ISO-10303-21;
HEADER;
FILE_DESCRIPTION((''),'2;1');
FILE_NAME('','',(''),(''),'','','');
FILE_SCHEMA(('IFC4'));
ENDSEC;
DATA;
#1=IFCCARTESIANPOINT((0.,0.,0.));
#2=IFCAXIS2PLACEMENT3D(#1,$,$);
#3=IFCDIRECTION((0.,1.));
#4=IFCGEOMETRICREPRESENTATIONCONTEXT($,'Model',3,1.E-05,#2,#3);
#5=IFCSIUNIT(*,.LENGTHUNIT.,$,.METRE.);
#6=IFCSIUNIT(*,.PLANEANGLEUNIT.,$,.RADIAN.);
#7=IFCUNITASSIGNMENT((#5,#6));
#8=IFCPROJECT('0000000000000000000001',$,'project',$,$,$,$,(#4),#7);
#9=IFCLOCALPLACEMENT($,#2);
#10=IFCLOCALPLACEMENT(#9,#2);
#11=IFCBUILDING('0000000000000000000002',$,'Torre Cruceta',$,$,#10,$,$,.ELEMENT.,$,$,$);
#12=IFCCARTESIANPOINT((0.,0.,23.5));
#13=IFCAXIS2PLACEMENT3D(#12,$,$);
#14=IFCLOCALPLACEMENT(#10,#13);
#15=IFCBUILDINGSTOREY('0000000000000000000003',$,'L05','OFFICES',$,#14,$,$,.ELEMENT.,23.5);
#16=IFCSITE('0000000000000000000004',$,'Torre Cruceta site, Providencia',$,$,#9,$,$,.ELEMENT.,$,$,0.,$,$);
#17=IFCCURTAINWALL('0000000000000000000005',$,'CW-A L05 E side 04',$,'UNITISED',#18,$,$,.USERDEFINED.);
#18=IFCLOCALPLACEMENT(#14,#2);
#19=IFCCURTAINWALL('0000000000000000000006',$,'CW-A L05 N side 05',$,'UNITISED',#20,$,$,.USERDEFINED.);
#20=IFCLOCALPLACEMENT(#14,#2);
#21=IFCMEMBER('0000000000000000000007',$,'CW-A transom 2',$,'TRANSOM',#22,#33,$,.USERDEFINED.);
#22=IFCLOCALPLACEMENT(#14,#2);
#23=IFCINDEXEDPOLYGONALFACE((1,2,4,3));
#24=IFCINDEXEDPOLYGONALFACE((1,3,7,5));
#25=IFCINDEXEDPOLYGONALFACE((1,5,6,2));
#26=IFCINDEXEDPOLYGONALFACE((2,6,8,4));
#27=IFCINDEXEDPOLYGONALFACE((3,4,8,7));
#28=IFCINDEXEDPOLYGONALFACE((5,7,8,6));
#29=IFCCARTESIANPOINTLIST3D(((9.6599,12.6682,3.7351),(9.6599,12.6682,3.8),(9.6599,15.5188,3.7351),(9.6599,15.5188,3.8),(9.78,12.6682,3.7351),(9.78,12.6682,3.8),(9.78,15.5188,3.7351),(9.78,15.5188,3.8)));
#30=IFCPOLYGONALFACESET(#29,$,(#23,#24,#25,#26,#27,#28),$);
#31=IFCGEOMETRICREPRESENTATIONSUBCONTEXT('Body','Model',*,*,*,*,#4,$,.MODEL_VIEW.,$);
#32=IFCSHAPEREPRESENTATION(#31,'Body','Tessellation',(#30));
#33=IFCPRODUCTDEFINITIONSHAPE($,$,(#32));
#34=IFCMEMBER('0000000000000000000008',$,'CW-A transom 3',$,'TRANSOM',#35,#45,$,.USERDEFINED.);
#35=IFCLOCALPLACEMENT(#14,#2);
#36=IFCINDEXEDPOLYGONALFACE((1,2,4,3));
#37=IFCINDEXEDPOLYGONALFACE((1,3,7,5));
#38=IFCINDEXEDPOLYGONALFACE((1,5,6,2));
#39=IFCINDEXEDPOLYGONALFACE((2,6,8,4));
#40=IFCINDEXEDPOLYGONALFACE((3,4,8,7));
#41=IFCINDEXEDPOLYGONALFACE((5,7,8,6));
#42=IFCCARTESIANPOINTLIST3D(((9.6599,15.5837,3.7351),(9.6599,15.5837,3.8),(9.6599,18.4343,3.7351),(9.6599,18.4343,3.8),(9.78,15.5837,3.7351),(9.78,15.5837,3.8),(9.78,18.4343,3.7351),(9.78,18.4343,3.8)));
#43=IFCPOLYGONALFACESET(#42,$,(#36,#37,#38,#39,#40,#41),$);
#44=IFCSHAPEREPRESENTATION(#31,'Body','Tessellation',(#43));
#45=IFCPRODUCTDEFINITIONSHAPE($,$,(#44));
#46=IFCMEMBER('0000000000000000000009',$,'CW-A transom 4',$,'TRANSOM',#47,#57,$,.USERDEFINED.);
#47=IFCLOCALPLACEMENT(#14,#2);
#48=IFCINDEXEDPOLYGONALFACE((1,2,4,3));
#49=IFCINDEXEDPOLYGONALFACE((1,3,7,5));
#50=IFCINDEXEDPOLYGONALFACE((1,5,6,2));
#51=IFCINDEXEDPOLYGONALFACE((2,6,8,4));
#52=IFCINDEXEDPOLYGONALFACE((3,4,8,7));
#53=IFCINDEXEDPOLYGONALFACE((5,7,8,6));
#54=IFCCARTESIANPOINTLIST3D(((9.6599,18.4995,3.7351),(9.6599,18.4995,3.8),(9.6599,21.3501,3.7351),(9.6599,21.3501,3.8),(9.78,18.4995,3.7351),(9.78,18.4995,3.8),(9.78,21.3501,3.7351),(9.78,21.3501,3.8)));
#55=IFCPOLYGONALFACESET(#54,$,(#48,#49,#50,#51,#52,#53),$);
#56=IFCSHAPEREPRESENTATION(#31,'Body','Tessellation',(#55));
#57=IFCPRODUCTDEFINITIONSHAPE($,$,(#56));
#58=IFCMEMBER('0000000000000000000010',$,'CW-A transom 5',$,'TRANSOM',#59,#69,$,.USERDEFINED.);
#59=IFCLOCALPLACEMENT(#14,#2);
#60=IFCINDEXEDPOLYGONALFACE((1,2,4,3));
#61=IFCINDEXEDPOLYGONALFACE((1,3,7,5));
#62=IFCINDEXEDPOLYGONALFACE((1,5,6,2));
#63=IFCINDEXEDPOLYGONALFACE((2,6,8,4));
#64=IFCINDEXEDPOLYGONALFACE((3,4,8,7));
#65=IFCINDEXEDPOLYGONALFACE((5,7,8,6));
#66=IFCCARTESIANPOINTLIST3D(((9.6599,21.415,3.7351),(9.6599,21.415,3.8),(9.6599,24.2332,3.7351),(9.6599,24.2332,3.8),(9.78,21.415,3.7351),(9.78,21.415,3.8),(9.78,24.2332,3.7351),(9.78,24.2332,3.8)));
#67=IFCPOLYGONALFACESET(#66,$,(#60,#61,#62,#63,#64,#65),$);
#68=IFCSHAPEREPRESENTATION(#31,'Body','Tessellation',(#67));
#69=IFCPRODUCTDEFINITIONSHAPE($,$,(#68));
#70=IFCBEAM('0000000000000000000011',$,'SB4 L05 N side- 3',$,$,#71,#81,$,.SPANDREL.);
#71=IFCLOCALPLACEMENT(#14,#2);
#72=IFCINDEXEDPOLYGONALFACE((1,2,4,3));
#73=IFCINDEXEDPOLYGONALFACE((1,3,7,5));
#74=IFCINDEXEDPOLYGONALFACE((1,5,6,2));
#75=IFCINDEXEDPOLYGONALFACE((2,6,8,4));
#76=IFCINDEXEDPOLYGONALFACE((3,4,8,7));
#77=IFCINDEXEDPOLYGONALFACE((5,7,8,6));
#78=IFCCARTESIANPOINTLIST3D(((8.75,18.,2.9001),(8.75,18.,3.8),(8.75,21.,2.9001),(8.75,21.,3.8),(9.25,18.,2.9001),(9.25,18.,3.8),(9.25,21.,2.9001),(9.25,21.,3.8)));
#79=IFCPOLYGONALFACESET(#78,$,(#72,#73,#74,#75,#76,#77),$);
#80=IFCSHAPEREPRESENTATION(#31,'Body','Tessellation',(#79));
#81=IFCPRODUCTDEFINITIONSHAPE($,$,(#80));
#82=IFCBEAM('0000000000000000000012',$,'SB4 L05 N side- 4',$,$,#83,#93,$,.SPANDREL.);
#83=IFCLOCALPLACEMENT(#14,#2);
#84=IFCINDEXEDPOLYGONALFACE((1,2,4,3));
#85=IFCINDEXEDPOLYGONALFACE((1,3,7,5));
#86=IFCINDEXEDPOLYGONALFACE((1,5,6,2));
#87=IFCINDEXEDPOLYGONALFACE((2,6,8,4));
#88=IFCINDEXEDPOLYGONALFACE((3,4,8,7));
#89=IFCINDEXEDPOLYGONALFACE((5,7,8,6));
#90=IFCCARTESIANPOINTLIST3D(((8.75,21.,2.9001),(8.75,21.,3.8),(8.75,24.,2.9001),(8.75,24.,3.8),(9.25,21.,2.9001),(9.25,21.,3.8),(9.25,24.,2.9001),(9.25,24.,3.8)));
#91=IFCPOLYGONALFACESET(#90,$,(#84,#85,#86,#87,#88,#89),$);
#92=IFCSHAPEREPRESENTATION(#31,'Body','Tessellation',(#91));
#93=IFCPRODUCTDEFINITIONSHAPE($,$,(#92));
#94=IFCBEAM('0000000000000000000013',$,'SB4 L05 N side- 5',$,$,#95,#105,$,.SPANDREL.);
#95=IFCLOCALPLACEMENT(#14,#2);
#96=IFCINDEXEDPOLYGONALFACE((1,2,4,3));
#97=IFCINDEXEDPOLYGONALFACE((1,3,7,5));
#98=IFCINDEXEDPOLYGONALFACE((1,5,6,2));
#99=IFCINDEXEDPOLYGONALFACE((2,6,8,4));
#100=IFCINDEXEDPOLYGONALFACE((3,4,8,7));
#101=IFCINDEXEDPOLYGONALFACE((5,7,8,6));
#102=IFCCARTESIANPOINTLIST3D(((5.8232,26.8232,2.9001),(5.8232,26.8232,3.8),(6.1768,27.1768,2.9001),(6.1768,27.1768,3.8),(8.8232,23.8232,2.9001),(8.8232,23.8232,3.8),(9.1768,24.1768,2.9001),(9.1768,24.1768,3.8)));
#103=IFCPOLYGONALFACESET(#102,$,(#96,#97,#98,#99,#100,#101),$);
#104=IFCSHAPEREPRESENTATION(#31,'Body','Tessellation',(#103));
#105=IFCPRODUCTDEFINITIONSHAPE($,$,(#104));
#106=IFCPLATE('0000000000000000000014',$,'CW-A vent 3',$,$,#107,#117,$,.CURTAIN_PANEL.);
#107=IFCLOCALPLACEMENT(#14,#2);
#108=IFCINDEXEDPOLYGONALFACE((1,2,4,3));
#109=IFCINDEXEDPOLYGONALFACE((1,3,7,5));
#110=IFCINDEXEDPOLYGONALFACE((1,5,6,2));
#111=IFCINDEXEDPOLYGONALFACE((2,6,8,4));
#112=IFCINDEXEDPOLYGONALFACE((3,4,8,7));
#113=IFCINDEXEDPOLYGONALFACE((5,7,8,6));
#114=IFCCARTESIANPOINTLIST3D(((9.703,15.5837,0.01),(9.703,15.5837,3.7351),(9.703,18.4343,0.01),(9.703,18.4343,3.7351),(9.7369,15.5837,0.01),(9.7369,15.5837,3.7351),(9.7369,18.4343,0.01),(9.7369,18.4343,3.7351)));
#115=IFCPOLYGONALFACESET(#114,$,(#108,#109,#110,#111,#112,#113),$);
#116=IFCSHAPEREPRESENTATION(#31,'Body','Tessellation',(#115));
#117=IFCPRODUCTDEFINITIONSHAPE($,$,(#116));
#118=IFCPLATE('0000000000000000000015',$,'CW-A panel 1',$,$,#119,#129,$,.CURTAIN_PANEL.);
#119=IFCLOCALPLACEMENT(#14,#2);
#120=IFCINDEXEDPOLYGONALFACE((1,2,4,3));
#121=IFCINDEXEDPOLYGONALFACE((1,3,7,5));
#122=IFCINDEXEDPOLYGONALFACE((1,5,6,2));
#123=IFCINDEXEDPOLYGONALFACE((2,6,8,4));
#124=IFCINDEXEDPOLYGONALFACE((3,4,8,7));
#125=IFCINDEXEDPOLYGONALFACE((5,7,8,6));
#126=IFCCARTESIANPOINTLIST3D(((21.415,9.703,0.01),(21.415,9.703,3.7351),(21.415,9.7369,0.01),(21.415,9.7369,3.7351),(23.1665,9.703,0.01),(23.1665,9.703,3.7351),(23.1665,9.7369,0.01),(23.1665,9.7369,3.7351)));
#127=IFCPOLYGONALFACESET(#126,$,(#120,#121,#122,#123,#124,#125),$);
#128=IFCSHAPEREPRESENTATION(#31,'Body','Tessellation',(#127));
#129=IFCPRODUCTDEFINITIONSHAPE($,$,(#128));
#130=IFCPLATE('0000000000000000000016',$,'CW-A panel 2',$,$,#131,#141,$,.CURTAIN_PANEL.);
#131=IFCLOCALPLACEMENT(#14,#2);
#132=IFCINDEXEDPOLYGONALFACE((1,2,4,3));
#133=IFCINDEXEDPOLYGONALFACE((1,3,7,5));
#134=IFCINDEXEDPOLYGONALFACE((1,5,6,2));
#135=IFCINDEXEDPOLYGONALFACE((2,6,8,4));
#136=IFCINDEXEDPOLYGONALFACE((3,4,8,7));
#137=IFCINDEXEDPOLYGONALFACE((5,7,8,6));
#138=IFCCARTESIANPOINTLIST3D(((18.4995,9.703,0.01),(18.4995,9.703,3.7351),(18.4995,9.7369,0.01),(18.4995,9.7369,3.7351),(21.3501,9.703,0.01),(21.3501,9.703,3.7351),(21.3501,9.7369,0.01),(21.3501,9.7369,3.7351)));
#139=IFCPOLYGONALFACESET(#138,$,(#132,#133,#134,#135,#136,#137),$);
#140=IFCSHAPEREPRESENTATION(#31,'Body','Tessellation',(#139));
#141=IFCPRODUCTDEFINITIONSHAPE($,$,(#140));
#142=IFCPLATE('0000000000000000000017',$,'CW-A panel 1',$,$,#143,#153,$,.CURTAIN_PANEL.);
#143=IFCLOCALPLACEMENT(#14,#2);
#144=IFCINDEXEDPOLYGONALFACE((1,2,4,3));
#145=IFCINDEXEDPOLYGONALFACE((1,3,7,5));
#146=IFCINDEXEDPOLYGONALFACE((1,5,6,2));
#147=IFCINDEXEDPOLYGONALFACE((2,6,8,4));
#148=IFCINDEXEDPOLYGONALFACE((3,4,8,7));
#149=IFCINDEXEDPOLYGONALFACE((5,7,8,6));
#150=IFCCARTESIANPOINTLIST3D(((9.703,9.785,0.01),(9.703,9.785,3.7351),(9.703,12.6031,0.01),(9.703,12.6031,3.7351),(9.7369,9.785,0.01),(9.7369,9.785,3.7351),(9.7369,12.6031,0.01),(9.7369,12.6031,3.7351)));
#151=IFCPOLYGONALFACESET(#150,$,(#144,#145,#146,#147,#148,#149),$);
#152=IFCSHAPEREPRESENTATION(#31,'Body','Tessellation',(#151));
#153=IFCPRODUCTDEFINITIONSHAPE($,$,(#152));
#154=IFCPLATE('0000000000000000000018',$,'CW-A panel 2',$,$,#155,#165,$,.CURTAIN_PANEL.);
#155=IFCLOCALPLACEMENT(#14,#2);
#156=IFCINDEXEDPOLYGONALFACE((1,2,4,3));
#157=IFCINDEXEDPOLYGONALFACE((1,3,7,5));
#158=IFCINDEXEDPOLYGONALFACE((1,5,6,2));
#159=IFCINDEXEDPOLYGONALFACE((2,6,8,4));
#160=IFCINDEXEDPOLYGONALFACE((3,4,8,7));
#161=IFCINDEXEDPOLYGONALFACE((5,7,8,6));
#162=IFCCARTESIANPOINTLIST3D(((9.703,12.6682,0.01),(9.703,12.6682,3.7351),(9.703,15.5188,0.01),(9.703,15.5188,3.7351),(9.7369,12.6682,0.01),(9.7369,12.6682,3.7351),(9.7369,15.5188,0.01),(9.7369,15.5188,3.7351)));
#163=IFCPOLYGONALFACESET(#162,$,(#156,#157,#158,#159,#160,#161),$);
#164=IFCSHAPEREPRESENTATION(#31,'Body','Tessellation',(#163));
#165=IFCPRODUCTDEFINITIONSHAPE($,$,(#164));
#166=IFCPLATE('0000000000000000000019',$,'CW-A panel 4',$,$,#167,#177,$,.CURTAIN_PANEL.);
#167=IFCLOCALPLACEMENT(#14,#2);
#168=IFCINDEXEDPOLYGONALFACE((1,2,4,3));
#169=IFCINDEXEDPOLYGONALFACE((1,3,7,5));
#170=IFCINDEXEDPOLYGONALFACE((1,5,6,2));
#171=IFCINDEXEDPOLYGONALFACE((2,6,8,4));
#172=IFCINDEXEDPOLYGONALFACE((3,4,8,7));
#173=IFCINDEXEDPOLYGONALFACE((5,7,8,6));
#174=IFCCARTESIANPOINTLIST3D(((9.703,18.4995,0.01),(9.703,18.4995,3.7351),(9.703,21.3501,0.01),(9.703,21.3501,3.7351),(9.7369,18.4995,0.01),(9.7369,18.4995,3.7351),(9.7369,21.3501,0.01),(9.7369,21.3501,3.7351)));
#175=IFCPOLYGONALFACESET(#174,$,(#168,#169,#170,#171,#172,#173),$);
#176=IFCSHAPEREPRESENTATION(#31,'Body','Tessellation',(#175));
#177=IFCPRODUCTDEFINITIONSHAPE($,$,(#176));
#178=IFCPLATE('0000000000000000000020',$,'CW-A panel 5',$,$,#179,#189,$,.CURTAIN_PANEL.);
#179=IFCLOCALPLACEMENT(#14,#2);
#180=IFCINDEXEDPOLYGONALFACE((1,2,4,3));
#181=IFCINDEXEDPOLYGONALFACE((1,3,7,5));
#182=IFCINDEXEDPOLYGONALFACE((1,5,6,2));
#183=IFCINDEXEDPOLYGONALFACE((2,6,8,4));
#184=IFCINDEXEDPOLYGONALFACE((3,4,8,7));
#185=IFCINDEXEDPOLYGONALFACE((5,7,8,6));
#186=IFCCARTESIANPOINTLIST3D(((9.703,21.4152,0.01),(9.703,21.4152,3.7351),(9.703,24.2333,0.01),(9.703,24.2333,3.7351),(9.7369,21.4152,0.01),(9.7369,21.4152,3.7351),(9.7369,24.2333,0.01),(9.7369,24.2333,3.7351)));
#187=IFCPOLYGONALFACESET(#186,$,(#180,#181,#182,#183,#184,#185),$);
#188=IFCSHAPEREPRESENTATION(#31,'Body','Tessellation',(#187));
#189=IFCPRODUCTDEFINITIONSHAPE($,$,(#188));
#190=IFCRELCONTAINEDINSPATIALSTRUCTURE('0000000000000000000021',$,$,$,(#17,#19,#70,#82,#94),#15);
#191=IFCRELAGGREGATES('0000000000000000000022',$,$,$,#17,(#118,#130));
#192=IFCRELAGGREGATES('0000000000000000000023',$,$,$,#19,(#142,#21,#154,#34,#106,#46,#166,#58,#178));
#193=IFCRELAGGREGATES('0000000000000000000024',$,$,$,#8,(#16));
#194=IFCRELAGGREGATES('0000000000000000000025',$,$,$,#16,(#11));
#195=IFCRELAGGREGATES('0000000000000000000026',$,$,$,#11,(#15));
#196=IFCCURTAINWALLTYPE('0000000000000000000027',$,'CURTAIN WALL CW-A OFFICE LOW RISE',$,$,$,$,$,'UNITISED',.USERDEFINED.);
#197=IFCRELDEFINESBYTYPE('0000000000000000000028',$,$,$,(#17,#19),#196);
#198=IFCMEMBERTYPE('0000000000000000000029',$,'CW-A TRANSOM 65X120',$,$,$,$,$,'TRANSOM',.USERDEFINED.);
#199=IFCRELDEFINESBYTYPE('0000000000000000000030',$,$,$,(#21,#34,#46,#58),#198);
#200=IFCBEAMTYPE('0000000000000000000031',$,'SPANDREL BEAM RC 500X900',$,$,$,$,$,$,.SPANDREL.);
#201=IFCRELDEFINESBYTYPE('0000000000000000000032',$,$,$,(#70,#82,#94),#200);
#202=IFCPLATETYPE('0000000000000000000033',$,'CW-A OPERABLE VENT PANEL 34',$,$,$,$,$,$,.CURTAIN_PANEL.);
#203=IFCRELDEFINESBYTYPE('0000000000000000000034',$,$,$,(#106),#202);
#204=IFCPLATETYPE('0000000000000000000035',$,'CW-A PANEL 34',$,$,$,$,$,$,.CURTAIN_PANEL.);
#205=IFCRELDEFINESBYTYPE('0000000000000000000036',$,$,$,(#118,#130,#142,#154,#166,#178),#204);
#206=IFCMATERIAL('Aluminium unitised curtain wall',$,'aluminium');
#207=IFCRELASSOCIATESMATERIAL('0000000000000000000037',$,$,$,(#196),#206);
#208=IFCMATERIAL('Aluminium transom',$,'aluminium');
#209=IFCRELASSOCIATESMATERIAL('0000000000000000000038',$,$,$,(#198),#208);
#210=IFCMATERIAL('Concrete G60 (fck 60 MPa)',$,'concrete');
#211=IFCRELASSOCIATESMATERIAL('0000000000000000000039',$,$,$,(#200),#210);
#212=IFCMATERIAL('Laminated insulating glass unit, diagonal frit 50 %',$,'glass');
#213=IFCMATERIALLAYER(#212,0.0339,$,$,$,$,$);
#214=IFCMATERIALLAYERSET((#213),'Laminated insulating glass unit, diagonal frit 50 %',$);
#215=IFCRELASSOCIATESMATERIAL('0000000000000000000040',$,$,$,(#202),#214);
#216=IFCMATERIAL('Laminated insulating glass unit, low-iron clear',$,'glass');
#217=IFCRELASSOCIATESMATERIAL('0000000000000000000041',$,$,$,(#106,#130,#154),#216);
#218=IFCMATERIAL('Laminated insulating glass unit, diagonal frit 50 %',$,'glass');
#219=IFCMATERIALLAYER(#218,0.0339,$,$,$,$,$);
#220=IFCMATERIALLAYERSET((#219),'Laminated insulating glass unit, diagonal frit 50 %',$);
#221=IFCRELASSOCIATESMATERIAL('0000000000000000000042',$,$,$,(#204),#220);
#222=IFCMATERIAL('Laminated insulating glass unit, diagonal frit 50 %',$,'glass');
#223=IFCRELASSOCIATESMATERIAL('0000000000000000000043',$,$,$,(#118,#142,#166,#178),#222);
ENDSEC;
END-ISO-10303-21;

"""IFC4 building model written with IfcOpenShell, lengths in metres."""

from ifc_helpers import new_model, si_unit, direction, frame, origin, origin_2d, place, context, subcontext, project, spatial, rectangle, extrude, material, layer, layer_set, material_profile, profile_set, type_object, element, aggregate, save


model = new_model("IFC4")

# Units and contexts
model_context = context("Model", 3, precision=1e-05, world=origin(), true_north=direction((0.0, 1.0)))
body_context = subcontext(model_context, "Body", "Model", "MODEL_VIEW")
ifc_project = project(units=[si_unit("LENGTHUNIT", "METRE"), si_unit("PLANEANGLEUNIT", "RADIAN")], contexts=[model_context])

# Site, building, storey
site_placement = place(None, origin())
site = spatial("IfcSite", under=ifc_project, at=site_placement, Name="Torre Cruceta site, Providencia", CompositionType="ELEMENT", RefElevation=0.0)
building_placement = place(site_placement, origin())
building = spatial("IfcBuilding", under=site, at=building_placement, Name="Torre Cruceta", CompositionType="ELEMENT")
storey_placement = place(building_placement, frame((0.0, 0.0, 23.5)))
storey = spatial("IfcBuildingStorey", under=building, at=storey_placement, Name="L05", Description="OFFICES", CompositionType="ELEMENT", Elevation=23.5)

# Curtain walls
ifc_material_1 = material(Name="Aluminium unitised curtain wall", Category="aluminium")
curtain_wall_type = type_object("IfcCurtainWallType", Name="CURTAIN WALL CW-A OFFICE LOW RISE", ElementType="UNITISED", PredefinedType="USERDEFINED", material=ifc_material_1)
curtain_wall_1_placement = place(storey_placement, origin())
curtain_wall_1 = element("IfcCurtainWall", 1, at=curtain_wall_1_placement, inside=storey, type_object=curtain_wall_type, Name="CW-A L05 E side 04", ObjectType="UNITISED", PredefinedType="USERDEFINED")
curtain_wall_2_placement = place(storey_placement, origin())
curtain_wall_2 = element("IfcCurtainWall", 2, at=curtain_wall_2_placement, inside=storey, type_object=curtain_wall_type, Name="CW-A L05 N side 05", ObjectType="UNITISED", PredefinedType="USERDEFINED")

# Members
ifc_material_2 = material(Name="Aluminium transom", Category="aluminium")
ifc_material_profile_1 = material_profile(ifc_material_2, rectangle(XDim=0.1201, YDim=0.0649, at=origin_2d()), Name="AL 120X65")
ifc_profile_set_1 = profile_set([ifc_material_profile_1], Name="Aluminium transom")
member_type_1 = type_object("IfcMemberType", Name="CW-A TRANSOM 65X120", ElementType="TRANSOM", PredefinedType="USERDEFINED", material=ifc_profile_set_1)
member_1_placement = place(storey_placement, frame((9.72, 12.6682, 3.7676), z_axis=(0.0, 1.0, 0.0), x_axis=(-1.0, 0.0, 0.0)))
member_1 = element("IfcMember", 3, at=member_1_placement, type_object=member_type_1, Name="CW-A transom 2", ObjectType="TRANSOM", PredefinedType="USERDEFINED", context=body_context, shape_type="SweptSolid", body=[
    extrude(rectangle(XDim=0.1201, YDim=0.0649, at=origin_2d()), origin(), (0.0, 0.0, 1.0), 2.8506),
])
member_2_placement = place(storey_placement, frame((9.72, 15.5837, 3.7676), z_axis=(0.0, 1.0, 0.0), x_axis=(-1.0, 0.0, 0.0)))
member_2 = element("IfcMember", 4, at=member_2_placement, type_object=member_type_1, Name="CW-A transom 3", ObjectType="TRANSOM", PredefinedType="USERDEFINED", context=body_context, shape_type="SweptSolid", body=[
    extrude(rectangle(XDim=0.1201, YDim=0.0649, at=origin_2d()), origin(), (0.0, 0.0, 1.0), 2.8506),
])
member_3_placement = place(storey_placement, frame((9.72, 18.4995, 3.7676), z_axis=(0.0, 1.0, 0.0), x_axis=(-1.0, 0.0, 0.0)))
member_3 = element("IfcMember", 5, at=member_3_placement, type_object=member_type_1, Name="CW-A transom 4", ObjectType="TRANSOM", PredefinedType="USERDEFINED", context=body_context, shape_type="SweptSolid", body=[
    extrude(rectangle(XDim=0.1201, YDim=0.0649, at=origin_2d()), origin(), (0.0, 0.0, 1.0), 2.8506),
])
member_4_placement = place(storey_placement, frame((9.72, 21.415, 3.7676), z_axis=(0.0, 1.0, 0.0), x_axis=(-1.0, 0.0, 0.0)))
member_4 = element("IfcMember", 6, at=member_4_placement, type_object=member_type_1, Name="CW-A transom 5", ObjectType="TRANSOM", PredefinedType="USERDEFINED", context=body_context, shape_type="SweptSolid", body=[
    extrude(rectangle(XDim=0.1201, YDim=0.0649, at=origin_2d()), origin(), (0.0, 0.0, 1.0), 2.8181),
])

# Beams
ifc_material_3 = material(Name="Concrete G60 (fck 60 MPa)", Category="concrete")
ifc_material_profile_2 = material_profile(ifc_material_3, rectangle(XDim=0.5, YDim=0.8999, at=origin_2d()), Name="RC 500X900")
ifc_profile_set_2 = profile_set([ifc_material_profile_2], Name="Concrete G60 (fck 60 MPa)")
beam_type_1 = type_object("IfcBeamType", Name="SPANDREL BEAM RC 500X900", PredefinedType="SPANDREL", material=ifc_profile_set_2)
for number, where, z_axis, x_axis, name in (
    (7, (9.0, 18.0, 3.3501), (0.0, 1.0, 0.0), (-1.0, 0.0, 0.0), "SB4 L05 N side- 3"),
    (8, (9.0, 21.0, 3.3501), (0.0, 1.0, 0.0), (-1.0, 0.0, 0.0), "SB4 L05 N side- 4"),
):
    element("IfcBeam", number, at=place(storey_placement, frame(where, z_axis=z_axis, x_axis=x_axis)), inside=storey, type_object=beam_type_1, Name=name, PredefinedType="SPANDREL", context=body_context, shape_type="SweptSolid", body=[
        extrude(rectangle(XDim=0.5, YDim=0.8999, at=origin_2d()), origin(), (0.0, 0.0, 1.0), 3.0),
    ])
beam_placement = place(storey_placement, frame((9.0, 24.0, 3.3501), z_axis=(-0.707107, 0.707107, 0.0), x_axis=(-0.707107, -0.707107, 0.0)))
element("IfcBeam", 9, at=beam_placement, inside=storey, type_object=beam_type_1, Name="SB4 L05 N side- 5", PredefinedType="SPANDREL", context=body_context, shape_type="SweptSolid", body=[
    extrude(rectangle(XDim=0.5, YDim=0.8999, at=origin_2d()), origin(), (0.0, 0.0, 1.0), 4.2427),
])

# Plates
ifc_material_4 = material(Name="Laminated insulating glass unit, low-iron clear", Category="glass")
ifc_material_5 = material(Name="Laminated insulating glass unit, diagonal frit 50 %", Category="glass")
ifc_layer_1 = layer(ifc_material_5, 0.0339)
ifc_layer_set_1 = layer_set([ifc_layer_1], Name="Laminated insulating glass unit, diagonal frit 50 %")
plate_type_1 = type_object("IfcPlateType", Name="CW-A OPERABLE VENT PANEL 34", PredefinedType="CURTAIN_PANEL", material=ifc_layer_set_1)
plate_1_placement = place(storey_placement, frame((9.72, 17.009, 0.01), z_axis=(0.0, 0.0, 1.0), x_axis=(0.0, 1.0, 0.0)))
plate_1 = element("IfcPlate", 10, at=plate_1_placement, type_object=plate_type_1, material=ifc_material_4, Name="CW-A vent 3", PredefinedType="CURTAIN_PANEL", context=body_context, shape_type="SweptSolid", body=[
    extrude(rectangle(XDim=2.8506, YDim=0.0339, at=origin_2d()), origin(), (0.0, 0.0, 1.0), 3.7251),
])
ifc_material_6 = material(Name="Laminated insulating glass unit, diagonal frit 50 %", Category="glass")
ifc_material_7 = material(Name="Laminated insulating glass unit, diagonal frit 50 %", Category="glass")
ifc_layer_2 = layer(ifc_material_7, 0.0339)
ifc_layer_set_2 = layer_set([ifc_layer_2], Name="Laminated insulating glass unit, diagonal frit 50 %")
plate_type_2 = type_object("IfcPlateType", Name="CW-A PANEL 34", PredefinedType="CURTAIN_PANEL", material=ifc_layer_set_2)
plate_2_placement = place(storey_placement, frame((22.2908, 9.72, 0.01), z_axis=(0.0, 0.0, 1.0), x_axis=(-1.0, 0.0, 0.0)))
plate_2 = element("IfcPlate", 11, at=plate_2_placement, type_object=plate_type_2, material=ifc_material_6, Name="CW-A panel 1", PredefinedType="CURTAIN_PANEL", context=body_context, shape_type="SweptSolid", body=[
    extrude(rectangle(XDim=1.7515, YDim=0.0339, at=origin_2d()), origin(), (0.0, 0.0, 1.0), 3.7251),
])
plate_3_placement = place(storey_placement, frame((19.9248, 9.72, 0.01), z_axis=(0.0, 0.0, 1.0), x_axis=(-1.0, 0.0, 0.0)))
plate_3 = element("IfcPlate", 12, at=plate_3_placement, type_object=plate_type_2, material=ifc_material_4, Name="CW-A panel 2", PredefinedType="CURTAIN_PANEL", context=body_context, shape_type="SweptSolid", body=[
    extrude(rectangle(XDim=2.8506, YDim=0.0339, at=origin_2d()), origin(), (0.0, 0.0, 1.0), 3.7251),
])
aggregate(curtain_wall_1, [plate_2, plate_3])
plate_4_placement = place(storey_placement, frame((9.72, 11.1941, 0.01), z_axis=(0.0, 0.0, 1.0), x_axis=(0.0, 1.0, 0.0)))
plate_4 = element("IfcPlate", 13, at=plate_4_placement, type_object=plate_type_2, material=ifc_material_6, Name="CW-A panel 1", PredefinedType="CURTAIN_PANEL", context=body_context, shape_type="SweptSolid", body=[
    extrude(rectangle(XDim=2.8181, YDim=0.0339, at=origin_2d()), origin(), (0.0, 0.0, 1.0), 3.7251),
])
plate_5_placement = place(storey_placement, frame((9.72, 14.0935, 0.01), z_axis=(0.0, 0.0, 1.0), x_axis=(0.0, 1.0, 0.0)))
plate_5 = element("IfcPlate", 14, at=plate_5_placement, type_object=plate_type_2, material=ifc_material_4, Name="CW-A panel 2", PredefinedType="CURTAIN_PANEL", context=body_context, shape_type="SweptSolid", body=[
    extrude(rectangle(XDim=2.8506, YDim=0.0339, at=origin_2d()), origin(), (0.0, 0.0, 1.0), 3.7251),
])
plate_6_placement = place(storey_placement, frame((9.72, 19.9248, 0.01), z_axis=(0.0, 0.0, 1.0), x_axis=(0.0, 1.0, 0.0)))
plate_6 = element("IfcPlate", 15, at=plate_6_placement, type_object=plate_type_2, material=ifc_material_6, Name="CW-A panel 4", PredefinedType="CURTAIN_PANEL", context=body_context, shape_type="SweptSolid", body=[
    extrude(rectangle(XDim=2.8506, YDim=0.0339, at=origin_2d()), origin(), (0.0, 0.0, 1.0), 3.7251),
])
plate_7_placement = place(storey_placement, frame((9.72, 22.8242, 0.01), z_axis=(0.0, 0.0, 1.0), x_axis=(0.0, 1.0, 0.0)))
plate_7 = element("IfcPlate", 16, at=plate_7_placement, type_object=plate_type_2, material=ifc_material_6, Name="CW-A panel 5", PredefinedType="CURTAIN_PANEL", context=body_context, shape_type="SweptSolid", body=[
    extrude(rectangle(XDim=2.8181, YDim=0.0339, at=origin_2d()), origin(), (0.0, 0.0, 1.0), 3.7251),
])
aggregate(curtain_wall_2, [plate_4, member_1, plate_5, member_2, plate_1, member_3, plate_6, member_4, plate_7])

save(model, "model.ifc")
